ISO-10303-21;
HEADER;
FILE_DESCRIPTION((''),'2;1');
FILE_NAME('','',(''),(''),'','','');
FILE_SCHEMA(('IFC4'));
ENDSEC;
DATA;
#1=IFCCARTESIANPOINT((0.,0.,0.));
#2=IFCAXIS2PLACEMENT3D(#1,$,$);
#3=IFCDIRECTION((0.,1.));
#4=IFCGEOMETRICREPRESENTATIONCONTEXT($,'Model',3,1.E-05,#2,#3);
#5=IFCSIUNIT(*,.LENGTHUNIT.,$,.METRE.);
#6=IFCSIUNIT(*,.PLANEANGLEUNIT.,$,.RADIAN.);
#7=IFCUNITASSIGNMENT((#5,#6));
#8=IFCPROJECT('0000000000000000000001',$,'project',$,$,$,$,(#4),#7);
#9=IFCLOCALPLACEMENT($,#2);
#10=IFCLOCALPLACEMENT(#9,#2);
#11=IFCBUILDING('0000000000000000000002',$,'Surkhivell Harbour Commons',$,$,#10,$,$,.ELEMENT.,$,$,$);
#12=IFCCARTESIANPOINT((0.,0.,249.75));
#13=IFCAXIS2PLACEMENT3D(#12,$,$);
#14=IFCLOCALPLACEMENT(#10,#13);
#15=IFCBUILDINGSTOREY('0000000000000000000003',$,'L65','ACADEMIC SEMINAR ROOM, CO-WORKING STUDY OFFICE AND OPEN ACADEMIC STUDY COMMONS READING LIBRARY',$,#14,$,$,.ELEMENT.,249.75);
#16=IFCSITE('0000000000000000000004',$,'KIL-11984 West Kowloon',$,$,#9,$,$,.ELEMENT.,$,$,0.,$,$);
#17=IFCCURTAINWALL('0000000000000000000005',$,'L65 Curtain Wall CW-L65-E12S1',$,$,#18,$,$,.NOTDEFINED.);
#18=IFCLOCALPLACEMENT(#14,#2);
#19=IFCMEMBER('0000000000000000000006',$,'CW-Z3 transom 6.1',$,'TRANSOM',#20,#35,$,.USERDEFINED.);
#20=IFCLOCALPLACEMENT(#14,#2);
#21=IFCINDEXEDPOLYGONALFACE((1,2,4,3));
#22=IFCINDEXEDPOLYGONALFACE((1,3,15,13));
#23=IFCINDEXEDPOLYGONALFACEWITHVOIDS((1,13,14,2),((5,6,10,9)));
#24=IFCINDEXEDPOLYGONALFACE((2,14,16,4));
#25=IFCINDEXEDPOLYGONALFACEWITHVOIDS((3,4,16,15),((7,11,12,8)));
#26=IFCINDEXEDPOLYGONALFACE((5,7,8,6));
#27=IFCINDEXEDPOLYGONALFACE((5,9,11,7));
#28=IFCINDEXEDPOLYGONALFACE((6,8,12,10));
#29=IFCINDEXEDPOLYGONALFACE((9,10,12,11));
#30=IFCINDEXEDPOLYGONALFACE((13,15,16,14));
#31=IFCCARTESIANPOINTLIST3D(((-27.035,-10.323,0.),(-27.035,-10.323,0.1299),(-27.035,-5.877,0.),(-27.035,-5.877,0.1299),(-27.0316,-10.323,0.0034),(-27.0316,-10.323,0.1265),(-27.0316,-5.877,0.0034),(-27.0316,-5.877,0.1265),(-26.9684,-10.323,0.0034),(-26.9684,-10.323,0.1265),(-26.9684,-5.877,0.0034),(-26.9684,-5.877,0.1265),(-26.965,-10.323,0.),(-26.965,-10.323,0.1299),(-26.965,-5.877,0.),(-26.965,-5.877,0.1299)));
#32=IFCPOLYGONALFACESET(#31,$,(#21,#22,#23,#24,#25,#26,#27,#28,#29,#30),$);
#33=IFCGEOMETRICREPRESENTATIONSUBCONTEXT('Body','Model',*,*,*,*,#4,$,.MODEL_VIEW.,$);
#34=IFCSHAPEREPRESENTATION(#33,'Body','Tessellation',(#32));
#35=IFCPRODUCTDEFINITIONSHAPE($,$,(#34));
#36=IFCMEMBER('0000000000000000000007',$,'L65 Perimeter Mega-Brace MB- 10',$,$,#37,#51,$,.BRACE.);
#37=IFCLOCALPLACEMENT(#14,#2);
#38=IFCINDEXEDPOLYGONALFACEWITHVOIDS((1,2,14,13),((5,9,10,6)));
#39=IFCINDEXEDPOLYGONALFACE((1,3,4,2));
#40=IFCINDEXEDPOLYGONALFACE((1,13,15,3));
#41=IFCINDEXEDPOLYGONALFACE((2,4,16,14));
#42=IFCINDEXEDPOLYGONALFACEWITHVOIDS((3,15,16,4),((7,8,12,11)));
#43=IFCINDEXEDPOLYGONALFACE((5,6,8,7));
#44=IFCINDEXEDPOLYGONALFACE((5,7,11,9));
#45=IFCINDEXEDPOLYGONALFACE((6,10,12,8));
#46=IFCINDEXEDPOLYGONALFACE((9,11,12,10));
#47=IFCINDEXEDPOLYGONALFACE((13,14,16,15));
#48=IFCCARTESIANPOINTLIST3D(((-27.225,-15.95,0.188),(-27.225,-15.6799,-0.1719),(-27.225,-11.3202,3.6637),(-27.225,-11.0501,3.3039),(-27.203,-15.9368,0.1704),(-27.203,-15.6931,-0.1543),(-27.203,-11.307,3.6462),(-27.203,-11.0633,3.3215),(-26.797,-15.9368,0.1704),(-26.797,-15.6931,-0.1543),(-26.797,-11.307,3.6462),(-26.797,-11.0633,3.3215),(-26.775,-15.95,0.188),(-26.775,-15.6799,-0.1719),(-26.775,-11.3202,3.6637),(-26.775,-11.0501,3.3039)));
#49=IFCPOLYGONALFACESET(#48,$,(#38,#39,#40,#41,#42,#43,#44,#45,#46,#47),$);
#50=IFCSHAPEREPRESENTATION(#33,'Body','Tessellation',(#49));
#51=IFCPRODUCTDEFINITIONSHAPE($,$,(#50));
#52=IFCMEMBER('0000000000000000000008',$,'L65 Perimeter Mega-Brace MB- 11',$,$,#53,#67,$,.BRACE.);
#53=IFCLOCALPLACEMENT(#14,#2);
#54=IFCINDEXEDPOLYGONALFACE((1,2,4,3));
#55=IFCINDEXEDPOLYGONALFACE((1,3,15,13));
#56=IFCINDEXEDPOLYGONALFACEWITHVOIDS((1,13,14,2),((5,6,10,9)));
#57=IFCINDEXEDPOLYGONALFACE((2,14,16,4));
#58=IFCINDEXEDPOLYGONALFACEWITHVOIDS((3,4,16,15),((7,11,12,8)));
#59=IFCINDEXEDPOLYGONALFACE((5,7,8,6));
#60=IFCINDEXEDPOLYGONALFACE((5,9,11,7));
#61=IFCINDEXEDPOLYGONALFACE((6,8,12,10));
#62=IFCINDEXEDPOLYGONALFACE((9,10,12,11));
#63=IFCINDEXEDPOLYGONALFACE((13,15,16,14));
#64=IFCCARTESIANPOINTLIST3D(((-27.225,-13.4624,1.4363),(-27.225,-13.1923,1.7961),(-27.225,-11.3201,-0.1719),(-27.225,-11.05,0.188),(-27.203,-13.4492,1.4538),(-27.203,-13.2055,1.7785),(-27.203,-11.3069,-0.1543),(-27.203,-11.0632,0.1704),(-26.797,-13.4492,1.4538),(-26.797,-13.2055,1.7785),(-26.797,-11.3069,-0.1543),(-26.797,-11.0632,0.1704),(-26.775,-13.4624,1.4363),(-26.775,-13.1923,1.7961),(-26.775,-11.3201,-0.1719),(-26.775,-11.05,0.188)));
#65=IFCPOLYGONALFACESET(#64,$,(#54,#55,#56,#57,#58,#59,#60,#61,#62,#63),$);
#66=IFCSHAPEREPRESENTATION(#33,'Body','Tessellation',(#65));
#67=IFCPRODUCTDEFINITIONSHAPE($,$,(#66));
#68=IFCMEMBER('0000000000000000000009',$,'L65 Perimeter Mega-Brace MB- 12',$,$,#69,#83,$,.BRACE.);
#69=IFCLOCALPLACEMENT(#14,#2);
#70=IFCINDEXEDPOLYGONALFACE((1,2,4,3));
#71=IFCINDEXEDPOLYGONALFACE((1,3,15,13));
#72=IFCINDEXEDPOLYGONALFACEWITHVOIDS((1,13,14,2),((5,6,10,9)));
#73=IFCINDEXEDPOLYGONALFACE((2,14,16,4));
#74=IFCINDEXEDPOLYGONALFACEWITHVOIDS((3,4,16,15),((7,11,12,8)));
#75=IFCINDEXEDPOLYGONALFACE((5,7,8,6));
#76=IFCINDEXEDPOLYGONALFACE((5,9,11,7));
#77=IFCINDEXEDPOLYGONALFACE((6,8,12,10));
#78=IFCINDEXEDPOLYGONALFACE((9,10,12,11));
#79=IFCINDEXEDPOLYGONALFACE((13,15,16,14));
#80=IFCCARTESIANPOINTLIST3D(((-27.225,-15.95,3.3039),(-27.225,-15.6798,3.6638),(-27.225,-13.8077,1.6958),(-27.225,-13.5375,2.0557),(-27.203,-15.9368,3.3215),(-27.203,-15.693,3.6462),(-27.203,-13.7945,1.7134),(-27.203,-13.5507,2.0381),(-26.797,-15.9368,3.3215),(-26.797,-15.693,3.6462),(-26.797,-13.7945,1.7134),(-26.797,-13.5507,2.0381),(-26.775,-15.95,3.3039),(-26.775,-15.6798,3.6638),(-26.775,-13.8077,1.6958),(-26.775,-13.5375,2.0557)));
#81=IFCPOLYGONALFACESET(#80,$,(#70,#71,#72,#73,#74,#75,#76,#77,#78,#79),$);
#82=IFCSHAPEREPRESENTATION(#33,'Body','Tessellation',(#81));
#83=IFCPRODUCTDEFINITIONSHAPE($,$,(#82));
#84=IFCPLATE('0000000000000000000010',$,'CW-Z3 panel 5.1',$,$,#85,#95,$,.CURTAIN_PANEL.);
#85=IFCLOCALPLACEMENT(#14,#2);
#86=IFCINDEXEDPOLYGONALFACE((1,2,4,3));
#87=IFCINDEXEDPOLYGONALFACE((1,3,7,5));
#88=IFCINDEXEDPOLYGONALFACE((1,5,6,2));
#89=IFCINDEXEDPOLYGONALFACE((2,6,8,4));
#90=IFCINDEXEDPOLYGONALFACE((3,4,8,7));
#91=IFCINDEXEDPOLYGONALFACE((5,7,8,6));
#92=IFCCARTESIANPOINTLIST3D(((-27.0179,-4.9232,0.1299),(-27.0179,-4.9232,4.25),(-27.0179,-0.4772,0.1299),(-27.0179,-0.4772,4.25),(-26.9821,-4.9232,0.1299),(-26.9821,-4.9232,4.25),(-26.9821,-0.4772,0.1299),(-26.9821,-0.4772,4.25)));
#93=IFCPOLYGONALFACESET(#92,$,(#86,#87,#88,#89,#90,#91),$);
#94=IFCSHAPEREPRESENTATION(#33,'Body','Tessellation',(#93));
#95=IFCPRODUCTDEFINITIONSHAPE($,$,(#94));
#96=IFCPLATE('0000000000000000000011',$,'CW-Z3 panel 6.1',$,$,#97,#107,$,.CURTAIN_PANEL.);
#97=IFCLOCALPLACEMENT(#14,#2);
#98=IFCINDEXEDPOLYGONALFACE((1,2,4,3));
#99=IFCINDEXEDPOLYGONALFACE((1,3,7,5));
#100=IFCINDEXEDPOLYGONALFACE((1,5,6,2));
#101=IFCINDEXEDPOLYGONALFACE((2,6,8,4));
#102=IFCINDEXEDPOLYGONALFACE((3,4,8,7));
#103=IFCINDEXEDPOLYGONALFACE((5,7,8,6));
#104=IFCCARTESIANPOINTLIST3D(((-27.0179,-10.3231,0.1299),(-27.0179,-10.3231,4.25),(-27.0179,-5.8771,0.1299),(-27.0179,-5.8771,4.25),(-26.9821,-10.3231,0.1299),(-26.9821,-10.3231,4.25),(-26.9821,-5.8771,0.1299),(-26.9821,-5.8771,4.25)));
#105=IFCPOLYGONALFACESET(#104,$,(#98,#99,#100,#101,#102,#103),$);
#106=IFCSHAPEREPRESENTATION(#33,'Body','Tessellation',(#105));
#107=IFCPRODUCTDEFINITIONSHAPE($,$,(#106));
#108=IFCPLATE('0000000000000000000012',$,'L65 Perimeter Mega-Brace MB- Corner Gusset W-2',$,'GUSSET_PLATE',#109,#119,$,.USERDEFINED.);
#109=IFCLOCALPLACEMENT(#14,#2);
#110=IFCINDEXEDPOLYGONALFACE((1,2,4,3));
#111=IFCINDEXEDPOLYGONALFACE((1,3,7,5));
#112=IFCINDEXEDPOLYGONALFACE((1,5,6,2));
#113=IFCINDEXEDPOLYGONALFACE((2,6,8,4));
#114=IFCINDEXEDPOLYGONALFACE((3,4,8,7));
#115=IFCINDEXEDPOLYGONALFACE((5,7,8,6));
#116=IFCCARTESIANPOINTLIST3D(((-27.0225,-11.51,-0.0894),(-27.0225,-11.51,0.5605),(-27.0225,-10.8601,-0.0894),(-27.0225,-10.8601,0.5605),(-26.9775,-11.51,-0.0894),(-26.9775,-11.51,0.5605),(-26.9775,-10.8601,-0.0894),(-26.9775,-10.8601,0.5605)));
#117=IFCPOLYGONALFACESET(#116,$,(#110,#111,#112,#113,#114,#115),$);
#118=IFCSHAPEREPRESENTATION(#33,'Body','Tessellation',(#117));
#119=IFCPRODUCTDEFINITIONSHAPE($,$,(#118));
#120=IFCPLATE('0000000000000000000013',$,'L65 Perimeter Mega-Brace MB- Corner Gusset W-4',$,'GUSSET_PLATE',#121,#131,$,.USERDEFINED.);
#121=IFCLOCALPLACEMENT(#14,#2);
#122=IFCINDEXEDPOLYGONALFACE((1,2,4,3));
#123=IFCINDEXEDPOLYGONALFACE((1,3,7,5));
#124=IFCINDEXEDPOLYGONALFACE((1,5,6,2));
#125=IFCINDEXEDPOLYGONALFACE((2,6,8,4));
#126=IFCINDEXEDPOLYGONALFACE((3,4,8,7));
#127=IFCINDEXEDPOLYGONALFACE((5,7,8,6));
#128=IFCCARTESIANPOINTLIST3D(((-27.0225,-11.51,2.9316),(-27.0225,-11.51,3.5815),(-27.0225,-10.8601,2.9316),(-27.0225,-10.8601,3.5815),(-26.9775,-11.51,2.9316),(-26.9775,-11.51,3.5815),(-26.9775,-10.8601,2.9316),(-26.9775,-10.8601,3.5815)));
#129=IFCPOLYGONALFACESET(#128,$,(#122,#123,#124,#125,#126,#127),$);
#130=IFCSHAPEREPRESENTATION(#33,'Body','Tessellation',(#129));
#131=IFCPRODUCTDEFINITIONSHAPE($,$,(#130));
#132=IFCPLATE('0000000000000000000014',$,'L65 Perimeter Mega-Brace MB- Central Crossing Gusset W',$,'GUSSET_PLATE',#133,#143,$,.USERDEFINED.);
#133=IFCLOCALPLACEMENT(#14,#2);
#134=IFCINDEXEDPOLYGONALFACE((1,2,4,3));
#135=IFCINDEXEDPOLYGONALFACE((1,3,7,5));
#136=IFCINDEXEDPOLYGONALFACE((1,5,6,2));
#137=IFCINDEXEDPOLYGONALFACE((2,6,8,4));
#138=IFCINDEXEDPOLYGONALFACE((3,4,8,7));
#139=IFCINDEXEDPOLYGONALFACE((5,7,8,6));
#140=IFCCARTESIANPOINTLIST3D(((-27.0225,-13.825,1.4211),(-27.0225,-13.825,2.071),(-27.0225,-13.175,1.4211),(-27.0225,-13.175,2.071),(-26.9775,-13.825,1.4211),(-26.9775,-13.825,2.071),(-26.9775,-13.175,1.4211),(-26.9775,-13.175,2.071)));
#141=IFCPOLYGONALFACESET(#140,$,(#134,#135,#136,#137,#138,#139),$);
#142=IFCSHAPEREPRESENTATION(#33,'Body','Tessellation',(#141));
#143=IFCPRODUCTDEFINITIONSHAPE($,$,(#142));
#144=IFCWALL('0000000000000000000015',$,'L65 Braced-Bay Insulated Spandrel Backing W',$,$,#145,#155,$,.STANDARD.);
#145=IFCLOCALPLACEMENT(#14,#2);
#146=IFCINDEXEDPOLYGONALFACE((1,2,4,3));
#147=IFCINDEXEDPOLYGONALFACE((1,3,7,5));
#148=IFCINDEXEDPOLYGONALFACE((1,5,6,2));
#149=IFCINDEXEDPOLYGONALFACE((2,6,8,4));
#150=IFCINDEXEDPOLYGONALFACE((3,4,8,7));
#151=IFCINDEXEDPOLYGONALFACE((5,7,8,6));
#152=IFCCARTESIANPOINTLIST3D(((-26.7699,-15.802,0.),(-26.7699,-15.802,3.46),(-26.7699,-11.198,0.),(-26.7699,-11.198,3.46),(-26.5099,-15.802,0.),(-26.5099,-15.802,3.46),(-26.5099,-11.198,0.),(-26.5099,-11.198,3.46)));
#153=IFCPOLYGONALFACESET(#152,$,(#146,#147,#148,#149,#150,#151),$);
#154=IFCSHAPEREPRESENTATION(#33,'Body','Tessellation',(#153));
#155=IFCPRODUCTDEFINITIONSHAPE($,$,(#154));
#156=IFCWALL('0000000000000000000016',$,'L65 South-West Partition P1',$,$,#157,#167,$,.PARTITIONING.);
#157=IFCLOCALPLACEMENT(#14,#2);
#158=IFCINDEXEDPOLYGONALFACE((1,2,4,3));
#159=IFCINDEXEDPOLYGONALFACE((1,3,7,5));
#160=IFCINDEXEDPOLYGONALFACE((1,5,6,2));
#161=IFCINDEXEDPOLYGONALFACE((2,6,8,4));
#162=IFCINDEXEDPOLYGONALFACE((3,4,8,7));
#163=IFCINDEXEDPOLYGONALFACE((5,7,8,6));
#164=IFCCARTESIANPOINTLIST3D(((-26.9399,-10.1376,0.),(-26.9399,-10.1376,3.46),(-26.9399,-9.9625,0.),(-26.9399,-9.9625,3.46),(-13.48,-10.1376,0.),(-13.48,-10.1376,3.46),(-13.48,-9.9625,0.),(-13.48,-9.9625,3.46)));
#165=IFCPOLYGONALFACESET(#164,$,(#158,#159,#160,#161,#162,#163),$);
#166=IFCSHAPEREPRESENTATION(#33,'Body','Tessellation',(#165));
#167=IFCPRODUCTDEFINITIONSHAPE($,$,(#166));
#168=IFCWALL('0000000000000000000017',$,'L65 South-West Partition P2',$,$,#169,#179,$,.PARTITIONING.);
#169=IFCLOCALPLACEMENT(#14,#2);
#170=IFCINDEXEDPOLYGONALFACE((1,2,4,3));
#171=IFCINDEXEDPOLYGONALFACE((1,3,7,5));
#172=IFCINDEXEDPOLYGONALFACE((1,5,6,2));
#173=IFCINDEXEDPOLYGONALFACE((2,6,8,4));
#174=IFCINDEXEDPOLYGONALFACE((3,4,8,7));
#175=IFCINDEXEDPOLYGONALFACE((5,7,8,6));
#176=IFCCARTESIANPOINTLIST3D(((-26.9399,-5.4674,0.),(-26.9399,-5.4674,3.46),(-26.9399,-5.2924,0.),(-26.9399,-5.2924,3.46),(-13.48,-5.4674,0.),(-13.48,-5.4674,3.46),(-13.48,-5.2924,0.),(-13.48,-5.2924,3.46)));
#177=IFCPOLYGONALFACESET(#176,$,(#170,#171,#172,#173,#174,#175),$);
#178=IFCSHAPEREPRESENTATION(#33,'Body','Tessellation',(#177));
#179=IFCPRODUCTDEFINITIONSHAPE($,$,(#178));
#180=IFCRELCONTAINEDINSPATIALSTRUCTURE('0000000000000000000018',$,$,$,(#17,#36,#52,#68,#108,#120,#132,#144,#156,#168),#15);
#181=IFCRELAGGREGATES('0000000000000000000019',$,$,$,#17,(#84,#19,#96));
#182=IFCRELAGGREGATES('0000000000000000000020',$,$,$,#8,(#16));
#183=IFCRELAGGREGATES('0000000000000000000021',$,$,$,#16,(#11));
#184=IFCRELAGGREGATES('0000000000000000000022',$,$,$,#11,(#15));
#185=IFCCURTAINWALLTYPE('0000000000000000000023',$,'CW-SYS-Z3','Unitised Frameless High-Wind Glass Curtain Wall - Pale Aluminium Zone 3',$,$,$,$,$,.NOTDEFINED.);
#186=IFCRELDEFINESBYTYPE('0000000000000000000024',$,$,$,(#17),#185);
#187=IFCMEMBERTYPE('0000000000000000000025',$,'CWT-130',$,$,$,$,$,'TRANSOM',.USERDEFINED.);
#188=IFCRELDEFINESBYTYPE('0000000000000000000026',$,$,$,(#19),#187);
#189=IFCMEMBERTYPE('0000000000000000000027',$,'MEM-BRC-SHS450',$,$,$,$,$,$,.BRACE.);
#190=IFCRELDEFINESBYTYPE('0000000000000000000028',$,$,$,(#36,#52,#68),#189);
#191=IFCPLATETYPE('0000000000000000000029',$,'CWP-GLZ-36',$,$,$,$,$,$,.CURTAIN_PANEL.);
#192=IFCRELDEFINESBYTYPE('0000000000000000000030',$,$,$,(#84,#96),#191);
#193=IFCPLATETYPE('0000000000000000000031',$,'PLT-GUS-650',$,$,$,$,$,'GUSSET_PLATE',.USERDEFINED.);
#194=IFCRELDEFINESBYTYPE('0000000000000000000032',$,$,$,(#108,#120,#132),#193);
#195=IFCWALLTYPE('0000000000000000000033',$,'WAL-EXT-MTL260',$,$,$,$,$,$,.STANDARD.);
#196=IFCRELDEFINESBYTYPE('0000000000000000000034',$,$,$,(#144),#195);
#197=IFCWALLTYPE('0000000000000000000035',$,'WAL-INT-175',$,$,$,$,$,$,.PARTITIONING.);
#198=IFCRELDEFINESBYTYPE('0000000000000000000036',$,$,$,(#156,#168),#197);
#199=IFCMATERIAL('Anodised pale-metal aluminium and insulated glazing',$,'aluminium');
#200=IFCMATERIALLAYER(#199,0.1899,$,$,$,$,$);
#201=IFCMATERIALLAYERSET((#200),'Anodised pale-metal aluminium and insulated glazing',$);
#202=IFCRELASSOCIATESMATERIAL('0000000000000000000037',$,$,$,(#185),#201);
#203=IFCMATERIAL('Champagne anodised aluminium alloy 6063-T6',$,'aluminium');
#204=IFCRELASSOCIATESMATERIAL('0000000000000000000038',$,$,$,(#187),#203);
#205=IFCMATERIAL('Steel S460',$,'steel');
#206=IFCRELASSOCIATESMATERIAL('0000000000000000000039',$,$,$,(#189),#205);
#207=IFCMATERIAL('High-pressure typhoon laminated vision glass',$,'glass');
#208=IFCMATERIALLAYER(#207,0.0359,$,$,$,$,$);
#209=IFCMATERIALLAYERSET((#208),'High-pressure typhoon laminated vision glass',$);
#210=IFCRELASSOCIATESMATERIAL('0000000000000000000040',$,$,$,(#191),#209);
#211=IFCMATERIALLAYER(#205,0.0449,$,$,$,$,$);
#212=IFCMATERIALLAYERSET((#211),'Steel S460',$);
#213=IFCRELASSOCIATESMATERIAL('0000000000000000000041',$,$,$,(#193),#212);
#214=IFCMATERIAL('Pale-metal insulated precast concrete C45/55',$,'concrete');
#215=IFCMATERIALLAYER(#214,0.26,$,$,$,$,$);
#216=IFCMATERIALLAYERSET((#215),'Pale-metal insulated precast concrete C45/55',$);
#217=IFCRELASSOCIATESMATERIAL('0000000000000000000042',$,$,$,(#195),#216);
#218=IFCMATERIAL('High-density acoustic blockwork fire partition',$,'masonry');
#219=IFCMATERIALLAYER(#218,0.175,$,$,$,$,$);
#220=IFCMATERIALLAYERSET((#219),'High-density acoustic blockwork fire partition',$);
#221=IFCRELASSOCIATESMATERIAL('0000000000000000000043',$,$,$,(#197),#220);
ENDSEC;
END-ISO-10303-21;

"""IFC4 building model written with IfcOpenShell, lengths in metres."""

from ifc_helpers import new_model, si_unit, direction, frame, frame_2d, origin, origin_2d, place, context, subcontext, project, spatial, rectangle, hollow_rectangle, extrude, material, layer, layer_set, material_profile, profile_set, type_object, element, aggregate, save


model = new_model("IFC4")

# Units and contexts
model_context = context("Model", 3, precision=1e-05, world=origin(), true_north=direction((0.0, 1.0)))
body_context = subcontext(model_context, "Body", "Model", "MODEL_VIEW")
ifc_project = project(units=[si_unit("LENGTHUNIT", "METRE"), si_unit("PLANEANGLEUNIT", "RADIAN")], contexts=[model_context])

# Site, building, storey
site_placement = place(None, origin())
site = spatial("IfcSite", under=ifc_project, at=site_placement, Name="KIL-11984 West Kowloon", CompositionType="ELEMENT", RefElevation=0.0)
building_placement = place(site_placement, origin())
building = spatial("IfcBuilding", under=site, at=building_placement, Name="Surkhivell Harbour Commons", CompositionType="ELEMENT")
storey_placement = place(building_placement, frame((0.0, 0.0, 249.75)))
storey = spatial("IfcBuildingStorey", under=building, at=storey_placement, Name="L65", Description="ACADEMIC SEMINAR ROOM, CO-WORKING STUDY OFFICE AND OPEN ACADEMIC STUDY COMMONS READING LIBRARY", CompositionType="ELEMENT", Elevation=249.75)

# Curtain wall, member
ifc_material_1 = material(Name="Anodised pale-metal aluminium and insulated glazing", Category="aluminium")
ifc_layer_1 = layer(ifc_material_1, 0.1899)
ifc_layer_set_1 = layer_set([ifc_layer_1], Name="Anodised pale-metal aluminium and insulated glazing")
curtain_wall_type = type_object("IfcCurtainWallType", Name="CW-SYS-Z3", Description="Unitised Frameless High-Wind Glass Curtain Wall - Pale Aluminium Zone 3", PredefinedType="NOTDEFINED", material=ifc_layer_set_1)
curtain_wall_placement = place(storey_placement, origin())
curtain_wall = element("IfcCurtainWall", 1, at=curtain_wall_placement, inside=storey, type_object=curtain_wall_type, Name="L65 Curtain Wall CW-L65-E12S1", PredefinedType="NOTDEFINED")
ifc_material_2 = material(Name="Champagne anodised aluminium alloy 6063-T6", Category="aluminium")
ifc_material_profile_1 = material_profile(ifc_material_2, hollow_rectangle(XDim=0.0701, YDim=0.1299, WallThickness=0.0034, at=origin_2d()), Name="ALU-TRAN-70x130")
ifc_profile_set_1 = profile_set([ifc_material_profile_1], Name="Champagne anodised aluminium alloy 6063-T6")
member_type_1 = type_object("IfcMemberType", Name="CWT-130", ElementType="TRANSOM", PredefinedType="USERDEFINED", material=ifc_profile_set_1)
member_1_placement = place(storey_placement, frame((-27.0, -5.877, 0.0649), z_axis=(0.0, -1.0, 0.0), x_axis=(1.0, 0.0, 0.0)))
member_1 = element("IfcMember", 2, at=member_1_placement, type_object=member_type_1, Name="CW-Z3 transom 6.1", ObjectType="TRANSOM", PredefinedType="USERDEFINED", context=body_context, shape_type="SweptSolid", body=[
    extrude(hollow_rectangle(XDim=0.0701, YDim=0.1299, WallThickness=0.0034, at=origin_2d()), origin(), (0.0, 0.0, 1.0), 4.446),
])

# Members
ifc_material_3 = material(Name="Steel S460", Category="steel")
ifc_material_profile_2 = material_profile(ifc_material_3, hollow_rectangle(XDim=0.45, YDim=0.45, WallThickness=0.022, at=origin_2d()), Name="SHS450x450x22")
ifc_profile_set_2 = profile_set([ifc_material_profile_2], Name="Steel S460")
member_type_2 = type_object("IfcMemberType", Name="MEM-BRC-SHS450", PredefinedType="BRACE", material=ifc_profile_set_2)
member_2_placement = place(storey_placement, frame((-27.0, -15.8149, 0.0081), z_axis=(0.0, 0.799717, 0.600378), x_axis=(-1.0, 0.0, 0.0)))
element("IfcMember", 3, at=member_2_placement, inside=storey, type_object=member_type_2, Name="L65 Perimeter Mega-Brace MB- 10", PredefinedType="BRACE", context=body_context, shape_type="SweptSolid", body=[
    extrude(hollow_rectangle(XDim=0.45, YDim=0.45, WallThickness=0.022, at=origin_2d()), origin(), (0.0, 0.0, 1.0), 5.7893),
])
for number, where, z_axis, x_axis, name in (
    (4, (-27.0, -11.1851, 0.0081), (0.0, -0.799748, 0.600335), (1.0, 0.0, 0.0), "L65 Perimeter Mega-Brace MB- 11"),
    (5, (-27.0, -13.6726, 1.8757), (0.0, -0.799748, 0.600335), (1.0, 0.0, 0.0), "L65 Perimeter Mega-Brace MB- 12"),
):
    element("IfcMember", number, at=place(storey_placement, frame(where, z_axis=z_axis, x_axis=x_axis)), inside=storey, type_object=member_type_2, Name=name, PredefinedType="BRACE", context=body_context, shape_type="SweptSolid", body=[
        extrude(hollow_rectangle(XDim=0.45, YDim=0.45, WallThickness=0.022, at=origin_2d()), origin(), (0.0, 0.0, 1.0), 2.6787),
    ])

# Plates
ifc_material_4 = material(Name="High-pressure typhoon laminated vision glass", Category="glass")
ifc_layer_2 = layer(ifc_material_4, 0.0359)
ifc_layer_set_2 = layer_set([ifc_layer_2], Name="High-pressure typhoon laminated vision glass")
plate_type_1 = type_object("IfcPlateType", Name="CWP-GLZ-36", PredefinedType="CURTAIN_PANEL", material=ifc_layer_set_2)
plate_1_placement = place(storey_placement, frame((-27.0, -0.4771, 0.1299), z_axis=(0.0, 0.0, 1.0), x_axis=(0.0, -1.0, 0.0)))
plate_1 = element("IfcPlate", 6, at=plate_1_placement, type_object=plate_type_1, Name="CW-Z3 panel 5.1", PredefinedType="CURTAIN_PANEL", context=body_context, shape_type="SweptSolid", body=[
    extrude(rectangle(XDim=4.446, YDim=0.0359, at=frame_2d((2.2231, 0.0))), origin(), (0.0, 0.0, 1.0), 4.1201),
])
plate_2_placement = place(storey_placement, frame((-27.0, -5.877, 0.1299), z_axis=(0.0, 0.0, 1.0), x_axis=(0.0, -1.0, 0.0)))
plate_2 = element("IfcPlate", 7, at=plate_2_placement, type_object=plate_type_1, Name="CW-Z3 panel 6.1", PredefinedType="CURTAIN_PANEL", context=body_context, shape_type="SweptSolid", body=[
    extrude(rectangle(XDim=4.446, YDim=0.0359, at=frame_2d((2.2231, 0.0))), origin(), (0.0, 0.0, 1.0), 4.1201),
])
aggregate(curtain_wall, [plate_1, member_1, plate_2])

# Plates
ifc_layer_3 = layer(ifc_material_3, 0.0449)
ifc_layer_set_3 = layer_set([ifc_layer_3], Name="Steel S460")
plate_type_2 = type_object("IfcPlateType", Name="PLT-GUS-650", ElementType="GUSSET_PLATE", PredefinedType="USERDEFINED", material=ifc_layer_set_3)
for number, where, z_axis, x_axis, name in (
    (8, (-27.0, -11.1851, -0.0894), (0.0, 0.0, 1.0), (0.0, 1.0, 0.0), "L65 Perimeter Mega-Brace MB- Corner Gusset W-2"),
    (9, (-27.0, -11.1851, 2.9316), (0.0, 0.0, 1.0), (0.0, 1.0, 0.0), "L65 Perimeter Mega-Brace MB- Corner Gusset W-4"),
    (10, (-27.0, -13.5, 1.4211), (0.0, 0.0, 1.0), (0.0, 1.0, 0.0), "L65 Perimeter Mega-Brace MB- Central Crossing Gusset W"),
):
    element("IfcPlate", number, at=place(storey_placement, frame(where, z_axis=z_axis, x_axis=x_axis)), inside=storey, type_object=plate_type_2, Name=name, ObjectType="GUSSET_PLATE", PredefinedType="USERDEFINED", context=body_context, shape_type="SweptSolid", body=[
        extrude(rectangle(XDim=0.6499, YDim=0.0449, at=origin_2d()), origin(), (0.0, 0.0, 1.0), 0.6499),
    ])

# Walls
ifc_material_5 = material(Name="Pale-metal insulated precast concrete C45/55", Category="concrete")
ifc_layer_4 = layer(ifc_material_5, 0.26)
ifc_layer_set_4 = layer_set([ifc_layer_4], Name="Pale-metal insulated precast concrete C45/55")
wall_type_1 = type_object("IfcWallType", Name="WAL-EXT-MTL260", PredefinedType="STANDARD", material=ifc_layer_set_4)
wall_placement = place(storey_placement, frame((-26.6399, -11.198, 0.0), z_axis=(0.0, 0.0, 1.0), x_axis=(0.0, -1.0, 0.0)))
element("IfcWall", 11, at=wall_placement, inside=storey, type_object=wall_type_1, Name="L65 Braced-Bay Insulated Spandrel Backing W", PredefinedType="STANDARD", context=body_context, shape_type="SweptSolid", body=[
    extrude(rectangle(XDim=4.604, YDim=0.26, at=frame_2d((2.302, 0.0))), origin(), (0.0, 0.0, 1.0), 3.46),
])
ifc_material_6 = material(Name="High-density acoustic blockwork fire partition", Category="masonry")
ifc_layer_5 = layer(ifc_material_6, 0.175)
ifc_layer_set_5 = layer_set([ifc_layer_5], Name="High-density acoustic blockwork fire partition")
wall_type_2 = type_object("IfcWallType", Name="WAL-INT-175", PredefinedType="PARTITIONING", material=ifc_layer_set_5)
for number, where, z_axis, x_axis, name in (
    (12, (-26.9399, -10.05, 0.0), (0.0, 0.0, 1.0), (1.0, 0.0, 0.0), "L65 South-West Partition P1"),
    (13, (-26.9399, -5.3799, 0.0), (0.0, 0.0, 1.0), (1.0, 0.0, 0.0), "L65 South-West Partition P2"),
):
    element("IfcWall", number, at=place(storey_placement, frame(where, z_axis=z_axis, x_axis=x_axis)), inside=storey, type_object=wall_type_2, Name=name, PredefinedType="PARTITIONING", context=body_context, shape_type="SweptSolid", body=[
        extrude(rectangle(XDim=13.46, YDim=0.175, at=frame_2d((6.73, 0.0))), origin(), (0.0, 0.0, 1.0), 3.46),
    ])

save(model, "model.ifc")
